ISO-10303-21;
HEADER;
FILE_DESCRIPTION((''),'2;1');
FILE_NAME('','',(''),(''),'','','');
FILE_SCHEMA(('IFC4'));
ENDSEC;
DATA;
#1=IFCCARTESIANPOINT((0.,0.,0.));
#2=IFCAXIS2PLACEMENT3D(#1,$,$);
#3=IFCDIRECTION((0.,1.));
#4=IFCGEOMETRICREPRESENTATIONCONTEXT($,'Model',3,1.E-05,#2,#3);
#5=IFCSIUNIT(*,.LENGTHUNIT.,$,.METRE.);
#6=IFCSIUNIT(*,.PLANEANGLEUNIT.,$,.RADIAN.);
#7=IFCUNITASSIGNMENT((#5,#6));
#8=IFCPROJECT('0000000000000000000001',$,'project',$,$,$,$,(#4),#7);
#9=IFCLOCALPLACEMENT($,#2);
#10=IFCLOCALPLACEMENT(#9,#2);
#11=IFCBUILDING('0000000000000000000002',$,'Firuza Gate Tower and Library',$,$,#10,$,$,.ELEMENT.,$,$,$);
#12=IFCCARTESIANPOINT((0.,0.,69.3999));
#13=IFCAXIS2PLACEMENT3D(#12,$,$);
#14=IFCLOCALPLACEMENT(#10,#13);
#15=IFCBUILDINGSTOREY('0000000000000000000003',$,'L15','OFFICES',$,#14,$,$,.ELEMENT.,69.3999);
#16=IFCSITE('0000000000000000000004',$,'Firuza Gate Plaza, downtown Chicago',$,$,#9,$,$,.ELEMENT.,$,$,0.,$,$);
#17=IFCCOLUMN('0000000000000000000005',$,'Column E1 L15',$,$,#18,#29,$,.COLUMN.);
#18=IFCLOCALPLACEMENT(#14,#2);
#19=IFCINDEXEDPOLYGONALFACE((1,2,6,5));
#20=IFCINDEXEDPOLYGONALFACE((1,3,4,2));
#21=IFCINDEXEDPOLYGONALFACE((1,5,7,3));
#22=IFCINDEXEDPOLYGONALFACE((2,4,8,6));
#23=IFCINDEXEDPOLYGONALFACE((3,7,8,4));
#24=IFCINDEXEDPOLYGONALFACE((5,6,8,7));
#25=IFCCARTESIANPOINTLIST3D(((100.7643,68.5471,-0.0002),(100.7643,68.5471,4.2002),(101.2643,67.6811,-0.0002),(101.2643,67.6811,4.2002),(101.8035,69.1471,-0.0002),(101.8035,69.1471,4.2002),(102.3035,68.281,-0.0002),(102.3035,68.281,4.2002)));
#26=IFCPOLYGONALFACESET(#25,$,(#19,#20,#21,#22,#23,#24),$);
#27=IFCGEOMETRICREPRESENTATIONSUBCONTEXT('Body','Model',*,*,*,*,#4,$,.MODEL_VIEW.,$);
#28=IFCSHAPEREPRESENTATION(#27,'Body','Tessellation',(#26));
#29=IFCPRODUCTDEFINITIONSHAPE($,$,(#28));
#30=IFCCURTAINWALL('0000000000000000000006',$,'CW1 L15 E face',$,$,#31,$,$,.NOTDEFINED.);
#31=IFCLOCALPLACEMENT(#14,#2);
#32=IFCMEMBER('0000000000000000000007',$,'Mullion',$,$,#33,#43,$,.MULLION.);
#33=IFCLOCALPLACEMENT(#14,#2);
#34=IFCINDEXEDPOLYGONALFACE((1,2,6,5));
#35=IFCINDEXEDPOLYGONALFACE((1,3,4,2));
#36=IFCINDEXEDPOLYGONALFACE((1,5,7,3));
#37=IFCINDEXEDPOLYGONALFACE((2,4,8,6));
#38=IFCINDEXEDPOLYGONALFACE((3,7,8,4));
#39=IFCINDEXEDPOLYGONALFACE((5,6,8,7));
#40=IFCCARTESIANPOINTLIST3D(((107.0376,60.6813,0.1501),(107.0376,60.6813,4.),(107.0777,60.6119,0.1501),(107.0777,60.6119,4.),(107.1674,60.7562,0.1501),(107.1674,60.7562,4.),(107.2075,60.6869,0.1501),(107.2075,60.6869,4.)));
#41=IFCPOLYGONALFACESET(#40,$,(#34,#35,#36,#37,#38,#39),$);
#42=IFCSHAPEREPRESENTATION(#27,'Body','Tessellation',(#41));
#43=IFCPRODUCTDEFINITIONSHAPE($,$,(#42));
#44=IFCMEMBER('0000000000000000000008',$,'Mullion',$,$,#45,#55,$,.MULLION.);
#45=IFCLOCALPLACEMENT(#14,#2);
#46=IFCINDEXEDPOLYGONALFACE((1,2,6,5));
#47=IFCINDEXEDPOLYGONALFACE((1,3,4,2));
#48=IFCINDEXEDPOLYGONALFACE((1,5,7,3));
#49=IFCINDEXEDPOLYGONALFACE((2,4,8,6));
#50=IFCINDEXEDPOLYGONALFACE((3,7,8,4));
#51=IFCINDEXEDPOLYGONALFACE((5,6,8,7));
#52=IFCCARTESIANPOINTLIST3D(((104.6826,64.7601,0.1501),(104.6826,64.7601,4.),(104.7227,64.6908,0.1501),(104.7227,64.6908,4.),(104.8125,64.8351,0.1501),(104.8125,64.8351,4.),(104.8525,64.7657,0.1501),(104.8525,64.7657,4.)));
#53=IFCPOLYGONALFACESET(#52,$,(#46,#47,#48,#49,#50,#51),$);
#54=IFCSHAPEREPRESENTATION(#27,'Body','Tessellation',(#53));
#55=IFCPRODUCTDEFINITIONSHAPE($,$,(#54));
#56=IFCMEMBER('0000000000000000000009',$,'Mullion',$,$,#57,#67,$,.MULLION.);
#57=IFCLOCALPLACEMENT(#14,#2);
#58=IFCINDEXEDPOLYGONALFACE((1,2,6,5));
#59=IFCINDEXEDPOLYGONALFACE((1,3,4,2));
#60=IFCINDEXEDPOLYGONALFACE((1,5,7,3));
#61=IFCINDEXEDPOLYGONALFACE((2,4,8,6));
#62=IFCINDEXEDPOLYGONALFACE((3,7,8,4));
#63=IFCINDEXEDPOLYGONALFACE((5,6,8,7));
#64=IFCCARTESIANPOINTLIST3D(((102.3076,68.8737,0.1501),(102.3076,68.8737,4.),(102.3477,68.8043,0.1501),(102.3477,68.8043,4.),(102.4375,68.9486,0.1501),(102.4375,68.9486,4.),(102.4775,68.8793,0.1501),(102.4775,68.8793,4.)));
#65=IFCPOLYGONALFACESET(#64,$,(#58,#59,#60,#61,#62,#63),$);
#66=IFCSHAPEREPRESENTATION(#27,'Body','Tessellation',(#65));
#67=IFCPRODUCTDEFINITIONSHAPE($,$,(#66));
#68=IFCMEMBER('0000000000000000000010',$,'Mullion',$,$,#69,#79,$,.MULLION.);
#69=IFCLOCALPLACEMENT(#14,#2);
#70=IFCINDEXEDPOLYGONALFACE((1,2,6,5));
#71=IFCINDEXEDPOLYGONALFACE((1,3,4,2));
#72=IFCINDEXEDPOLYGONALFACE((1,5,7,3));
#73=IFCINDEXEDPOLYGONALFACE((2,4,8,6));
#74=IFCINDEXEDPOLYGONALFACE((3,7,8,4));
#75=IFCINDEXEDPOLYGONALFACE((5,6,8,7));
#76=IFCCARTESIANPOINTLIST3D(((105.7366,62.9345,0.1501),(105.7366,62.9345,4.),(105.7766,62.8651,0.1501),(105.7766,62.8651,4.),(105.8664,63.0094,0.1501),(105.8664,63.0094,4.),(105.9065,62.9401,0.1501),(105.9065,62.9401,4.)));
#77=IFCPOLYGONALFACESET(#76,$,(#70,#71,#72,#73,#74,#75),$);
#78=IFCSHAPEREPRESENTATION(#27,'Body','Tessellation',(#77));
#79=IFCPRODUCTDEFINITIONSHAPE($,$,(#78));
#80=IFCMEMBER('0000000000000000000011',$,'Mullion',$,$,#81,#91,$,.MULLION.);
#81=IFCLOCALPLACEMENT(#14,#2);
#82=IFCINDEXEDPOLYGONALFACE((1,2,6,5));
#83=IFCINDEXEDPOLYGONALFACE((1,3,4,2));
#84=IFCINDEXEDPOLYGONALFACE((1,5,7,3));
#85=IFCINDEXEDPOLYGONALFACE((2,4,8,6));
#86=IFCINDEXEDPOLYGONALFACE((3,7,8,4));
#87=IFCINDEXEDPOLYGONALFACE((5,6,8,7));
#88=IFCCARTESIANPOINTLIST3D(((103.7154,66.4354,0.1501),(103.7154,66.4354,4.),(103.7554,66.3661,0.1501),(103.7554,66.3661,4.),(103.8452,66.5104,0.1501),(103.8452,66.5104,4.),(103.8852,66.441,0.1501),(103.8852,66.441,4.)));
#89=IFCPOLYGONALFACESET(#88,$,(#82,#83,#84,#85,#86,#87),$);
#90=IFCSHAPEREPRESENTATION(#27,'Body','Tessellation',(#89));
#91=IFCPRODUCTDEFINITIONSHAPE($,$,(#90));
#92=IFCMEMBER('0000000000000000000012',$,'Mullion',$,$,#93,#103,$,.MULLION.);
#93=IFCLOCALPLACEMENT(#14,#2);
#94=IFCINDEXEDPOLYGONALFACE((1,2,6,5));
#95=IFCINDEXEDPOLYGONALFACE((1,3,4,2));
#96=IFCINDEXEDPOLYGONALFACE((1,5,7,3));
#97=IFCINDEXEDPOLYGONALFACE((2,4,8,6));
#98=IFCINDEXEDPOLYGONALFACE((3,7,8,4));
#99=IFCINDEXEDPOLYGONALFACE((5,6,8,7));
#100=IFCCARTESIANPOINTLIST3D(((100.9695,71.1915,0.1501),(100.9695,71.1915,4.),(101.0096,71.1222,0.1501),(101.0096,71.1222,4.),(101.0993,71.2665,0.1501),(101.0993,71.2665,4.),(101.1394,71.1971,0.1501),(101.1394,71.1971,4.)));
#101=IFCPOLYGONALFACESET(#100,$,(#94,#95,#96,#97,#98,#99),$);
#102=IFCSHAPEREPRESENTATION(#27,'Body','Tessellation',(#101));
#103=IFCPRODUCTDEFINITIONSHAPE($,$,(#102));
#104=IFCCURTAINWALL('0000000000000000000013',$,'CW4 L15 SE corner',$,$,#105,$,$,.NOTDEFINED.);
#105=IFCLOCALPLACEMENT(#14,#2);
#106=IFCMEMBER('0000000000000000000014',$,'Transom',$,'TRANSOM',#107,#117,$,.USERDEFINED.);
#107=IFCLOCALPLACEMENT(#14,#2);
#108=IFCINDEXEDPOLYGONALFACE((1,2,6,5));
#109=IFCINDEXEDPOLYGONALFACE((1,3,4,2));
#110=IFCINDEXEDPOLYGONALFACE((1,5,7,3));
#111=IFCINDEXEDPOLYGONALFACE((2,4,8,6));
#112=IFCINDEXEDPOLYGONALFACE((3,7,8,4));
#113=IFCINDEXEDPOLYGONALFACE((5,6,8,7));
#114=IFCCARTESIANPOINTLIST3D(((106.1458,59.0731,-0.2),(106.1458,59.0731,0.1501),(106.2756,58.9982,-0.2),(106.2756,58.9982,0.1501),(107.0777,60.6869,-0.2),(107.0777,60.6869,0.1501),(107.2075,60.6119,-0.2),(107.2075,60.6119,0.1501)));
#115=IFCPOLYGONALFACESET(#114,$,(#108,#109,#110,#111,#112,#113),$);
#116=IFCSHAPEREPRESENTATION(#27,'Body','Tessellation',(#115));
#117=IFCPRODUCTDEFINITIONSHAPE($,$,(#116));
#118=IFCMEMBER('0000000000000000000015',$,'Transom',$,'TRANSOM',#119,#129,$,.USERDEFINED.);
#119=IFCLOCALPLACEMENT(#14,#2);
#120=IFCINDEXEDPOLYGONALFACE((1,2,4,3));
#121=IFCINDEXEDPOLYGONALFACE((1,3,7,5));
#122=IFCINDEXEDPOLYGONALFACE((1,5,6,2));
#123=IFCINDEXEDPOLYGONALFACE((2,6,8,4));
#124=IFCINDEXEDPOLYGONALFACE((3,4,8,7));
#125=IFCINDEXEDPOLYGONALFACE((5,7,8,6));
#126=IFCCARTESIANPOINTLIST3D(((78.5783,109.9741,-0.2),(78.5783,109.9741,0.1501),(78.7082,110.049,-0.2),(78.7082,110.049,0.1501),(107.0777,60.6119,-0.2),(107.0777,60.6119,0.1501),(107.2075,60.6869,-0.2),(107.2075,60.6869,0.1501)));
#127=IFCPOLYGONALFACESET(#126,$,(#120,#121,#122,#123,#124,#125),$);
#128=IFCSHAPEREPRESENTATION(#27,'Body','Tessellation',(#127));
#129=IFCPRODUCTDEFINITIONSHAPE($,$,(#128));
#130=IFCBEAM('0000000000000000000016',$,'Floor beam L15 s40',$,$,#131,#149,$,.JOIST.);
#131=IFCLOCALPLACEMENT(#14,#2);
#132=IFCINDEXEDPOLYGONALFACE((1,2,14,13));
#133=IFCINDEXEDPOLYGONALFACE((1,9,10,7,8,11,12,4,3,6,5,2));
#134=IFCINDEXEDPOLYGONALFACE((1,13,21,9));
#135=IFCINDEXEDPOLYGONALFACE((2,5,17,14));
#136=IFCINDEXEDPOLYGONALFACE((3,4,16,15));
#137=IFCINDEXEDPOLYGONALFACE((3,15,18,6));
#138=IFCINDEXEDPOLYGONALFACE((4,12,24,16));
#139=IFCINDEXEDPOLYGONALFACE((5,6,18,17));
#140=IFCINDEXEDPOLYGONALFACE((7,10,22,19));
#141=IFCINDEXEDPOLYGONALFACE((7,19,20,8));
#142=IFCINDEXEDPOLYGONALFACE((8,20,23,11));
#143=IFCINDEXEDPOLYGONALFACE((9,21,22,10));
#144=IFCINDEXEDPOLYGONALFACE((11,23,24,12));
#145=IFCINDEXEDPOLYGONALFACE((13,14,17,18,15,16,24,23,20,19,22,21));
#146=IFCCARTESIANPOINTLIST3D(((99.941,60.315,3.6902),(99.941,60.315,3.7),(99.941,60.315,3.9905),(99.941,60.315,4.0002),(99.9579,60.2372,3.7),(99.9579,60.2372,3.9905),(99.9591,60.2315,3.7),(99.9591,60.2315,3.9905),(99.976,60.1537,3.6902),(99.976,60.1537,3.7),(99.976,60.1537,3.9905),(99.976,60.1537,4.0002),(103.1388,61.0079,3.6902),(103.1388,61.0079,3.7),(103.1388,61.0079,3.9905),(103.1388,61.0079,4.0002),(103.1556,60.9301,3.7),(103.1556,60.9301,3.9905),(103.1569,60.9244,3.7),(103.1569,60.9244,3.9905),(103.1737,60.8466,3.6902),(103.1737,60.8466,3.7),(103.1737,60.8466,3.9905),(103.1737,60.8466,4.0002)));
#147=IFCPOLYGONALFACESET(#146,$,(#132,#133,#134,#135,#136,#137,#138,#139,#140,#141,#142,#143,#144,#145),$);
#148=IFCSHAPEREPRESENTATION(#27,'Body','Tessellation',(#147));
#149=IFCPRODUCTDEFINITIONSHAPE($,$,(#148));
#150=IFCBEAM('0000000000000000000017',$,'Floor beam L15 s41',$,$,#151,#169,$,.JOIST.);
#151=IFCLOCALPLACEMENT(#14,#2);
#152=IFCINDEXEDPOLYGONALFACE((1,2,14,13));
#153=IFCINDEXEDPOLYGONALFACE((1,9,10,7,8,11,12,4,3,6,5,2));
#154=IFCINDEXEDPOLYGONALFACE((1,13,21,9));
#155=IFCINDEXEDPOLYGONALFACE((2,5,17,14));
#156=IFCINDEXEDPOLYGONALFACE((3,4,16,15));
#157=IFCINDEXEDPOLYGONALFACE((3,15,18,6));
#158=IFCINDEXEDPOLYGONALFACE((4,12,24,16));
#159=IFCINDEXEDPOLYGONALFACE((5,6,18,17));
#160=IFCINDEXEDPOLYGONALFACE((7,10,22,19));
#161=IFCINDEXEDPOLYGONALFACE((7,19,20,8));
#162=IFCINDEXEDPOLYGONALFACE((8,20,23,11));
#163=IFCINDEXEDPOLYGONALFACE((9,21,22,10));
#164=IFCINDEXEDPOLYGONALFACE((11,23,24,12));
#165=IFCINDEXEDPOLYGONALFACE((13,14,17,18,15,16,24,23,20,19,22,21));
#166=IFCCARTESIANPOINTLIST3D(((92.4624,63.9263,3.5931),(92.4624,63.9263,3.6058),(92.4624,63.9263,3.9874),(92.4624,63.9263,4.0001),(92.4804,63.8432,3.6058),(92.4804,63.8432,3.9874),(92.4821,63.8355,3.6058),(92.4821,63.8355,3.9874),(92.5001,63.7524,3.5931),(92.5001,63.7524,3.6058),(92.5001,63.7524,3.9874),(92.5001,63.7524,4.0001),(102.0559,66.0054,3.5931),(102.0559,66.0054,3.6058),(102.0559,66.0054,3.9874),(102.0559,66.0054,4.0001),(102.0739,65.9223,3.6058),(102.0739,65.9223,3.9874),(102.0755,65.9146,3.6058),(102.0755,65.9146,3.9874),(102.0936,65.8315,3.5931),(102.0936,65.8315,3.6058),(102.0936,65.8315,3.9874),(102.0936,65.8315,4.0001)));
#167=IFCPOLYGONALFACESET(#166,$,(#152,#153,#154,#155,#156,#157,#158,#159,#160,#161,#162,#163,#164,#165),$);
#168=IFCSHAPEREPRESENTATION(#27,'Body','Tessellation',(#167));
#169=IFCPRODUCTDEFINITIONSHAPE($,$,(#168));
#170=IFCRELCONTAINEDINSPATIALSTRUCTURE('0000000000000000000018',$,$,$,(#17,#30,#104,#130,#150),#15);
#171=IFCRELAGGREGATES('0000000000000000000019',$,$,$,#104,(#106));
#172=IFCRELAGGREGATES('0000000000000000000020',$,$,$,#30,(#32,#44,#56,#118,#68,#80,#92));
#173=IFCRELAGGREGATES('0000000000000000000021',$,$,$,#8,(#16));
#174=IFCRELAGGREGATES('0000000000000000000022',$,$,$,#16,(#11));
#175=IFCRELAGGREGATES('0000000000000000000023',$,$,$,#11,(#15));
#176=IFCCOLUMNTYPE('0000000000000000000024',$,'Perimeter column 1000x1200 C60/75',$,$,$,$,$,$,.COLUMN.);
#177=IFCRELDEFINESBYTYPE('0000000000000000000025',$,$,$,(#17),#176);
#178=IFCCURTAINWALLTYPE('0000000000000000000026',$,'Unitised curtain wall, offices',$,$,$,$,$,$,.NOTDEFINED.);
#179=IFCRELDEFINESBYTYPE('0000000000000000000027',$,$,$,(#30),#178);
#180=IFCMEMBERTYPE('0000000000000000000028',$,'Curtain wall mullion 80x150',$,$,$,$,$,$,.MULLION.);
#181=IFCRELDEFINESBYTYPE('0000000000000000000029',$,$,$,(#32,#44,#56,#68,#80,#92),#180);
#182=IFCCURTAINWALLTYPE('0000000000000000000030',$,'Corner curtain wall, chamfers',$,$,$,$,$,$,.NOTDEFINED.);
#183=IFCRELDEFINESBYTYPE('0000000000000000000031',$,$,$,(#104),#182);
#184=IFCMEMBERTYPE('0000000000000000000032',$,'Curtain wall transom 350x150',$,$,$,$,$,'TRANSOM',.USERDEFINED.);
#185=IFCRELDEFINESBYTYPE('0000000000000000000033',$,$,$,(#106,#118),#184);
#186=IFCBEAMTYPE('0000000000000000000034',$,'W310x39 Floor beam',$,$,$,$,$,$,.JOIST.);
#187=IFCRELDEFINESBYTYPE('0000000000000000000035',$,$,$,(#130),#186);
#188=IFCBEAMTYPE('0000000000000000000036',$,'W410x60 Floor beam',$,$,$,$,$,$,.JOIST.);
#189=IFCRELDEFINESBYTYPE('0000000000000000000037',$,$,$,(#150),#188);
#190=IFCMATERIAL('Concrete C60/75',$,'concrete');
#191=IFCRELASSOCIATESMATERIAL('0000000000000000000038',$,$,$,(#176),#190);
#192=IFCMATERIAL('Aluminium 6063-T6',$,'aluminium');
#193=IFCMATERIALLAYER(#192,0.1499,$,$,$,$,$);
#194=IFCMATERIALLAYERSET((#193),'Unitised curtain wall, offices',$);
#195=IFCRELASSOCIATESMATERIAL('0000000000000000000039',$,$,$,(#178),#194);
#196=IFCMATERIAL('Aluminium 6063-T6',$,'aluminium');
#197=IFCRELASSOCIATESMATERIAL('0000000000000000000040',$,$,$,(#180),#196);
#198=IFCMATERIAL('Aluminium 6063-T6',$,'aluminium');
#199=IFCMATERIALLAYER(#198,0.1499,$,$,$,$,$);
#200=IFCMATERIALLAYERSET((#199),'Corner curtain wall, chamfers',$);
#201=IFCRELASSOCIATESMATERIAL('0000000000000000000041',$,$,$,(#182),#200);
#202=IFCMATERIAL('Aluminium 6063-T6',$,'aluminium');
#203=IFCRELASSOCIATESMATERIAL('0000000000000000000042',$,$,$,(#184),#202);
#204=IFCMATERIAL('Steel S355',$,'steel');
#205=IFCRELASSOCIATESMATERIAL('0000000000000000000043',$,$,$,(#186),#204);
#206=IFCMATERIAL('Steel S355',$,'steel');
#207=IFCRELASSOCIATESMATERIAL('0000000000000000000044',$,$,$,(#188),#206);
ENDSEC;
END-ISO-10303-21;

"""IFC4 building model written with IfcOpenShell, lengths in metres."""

from ifc_helpers import new_model, si_unit, direction, frame, origin, origin_2d, place, context, subcontext, project, spatial, rectangle, i_section, extrude, material, layer, layer_set, material_profile, profile_set, type_object, element, aggregate, save


model = new_model("IFC4")

# Units and contexts
model_context = context("Model", 3, precision=1e-05, world=origin(), true_north=direction((0.0, 1.0)))
body_context = subcontext(model_context, "Body", "Model", "MODEL_VIEW")
ifc_project = project(units=[si_unit("LENGTHUNIT", "METRE"), si_unit("PLANEANGLEUNIT", "RADIAN")], contexts=[model_context])

# Site, building, storey
site_placement = place(None, origin())
site = spatial("IfcSite", under=ifc_project, at=site_placement, Name="Firuza Gate Plaza, downtown Chicago", CompositionType="ELEMENT", RefElevation=0.0)
building_placement = place(site_placement, origin())
building = spatial("IfcBuilding", under=site, at=building_placement, Name="Firuza Gate Tower and Library", CompositionType="ELEMENT")
storey_placement = place(building_placement, frame((0.0, 0.0, 69.3999)))
storey = spatial("IfcBuildingStorey", under=building, at=storey_placement, Name="L15", Description="OFFICES", CompositionType="ELEMENT", Elevation=69.3999)

# Column
ifc_material_1 = material(Name="Concrete C60/75", Category="concrete")
ifc_material_profile_1 = material_profile(ifc_material_1, rectangle(XDim=1.0, YDim=1.2, at=origin_2d()))
ifc_profile_set_1 = profile_set([ifc_material_profile_1], Name="Concrete C60/75")
column_type = type_object("IfcColumnType", Name="Perimeter column 1000x1200 C60/75", PredefinedType="COLUMN", material=ifc_profile_set_1)
column_placement = place(storey_placement, frame((101.5339, 68.4141, -0.0002), z_axis=(0.0, 0.0, 1.0), x_axis=(-0.5, 0.866025, 0.0)))
element("IfcColumn", 1, at=column_placement, inside=storey, type_object=column_type, Name="Column E1 L15", PredefinedType="COLUMN", context=body_context, shape_type="SweptSolid", body=[
    extrude(rectangle(XDim=1.0, YDim=1.2, at=origin_2d()), origin(), (0.0, 0.0, 1.0), 4.2004),
])

# Curtain wall, members
ifc_material_2 = material(Name="Aluminium 6063-T6", Category="aluminium")
ifc_layer_1 = layer(ifc_material_2, 0.1499)
ifc_layer_set_1 = layer_set([ifc_layer_1], Name="Unitised curtain wall, offices")
curtain_wall_type_1 = type_object("IfcCurtainWallType", Name="Unitised curtain wall, offices", PredefinedType="NOTDEFINED", material=ifc_layer_set_1)
placement = place(storey_placement, origin())
curtain_wall_1 = element("IfcCurtainWall", 2, at=placement, inside=storey, type_object=curtain_wall_type_1, Name="CW1 L15 E face", PredefinedType="NOTDEFINED")
ifc_material_3 = material(Name="Aluminium 6063-T6", Category="aluminium")
ifc_material_profile_2 = material_profile(ifc_material_3, rectangle(XDim=0.1499, YDim=0.0801, at=origin_2d()))
ifc_profile_set_2 = profile_set([ifc_material_profile_2], Name="Aluminium 6063-T6")
member_type_1 = type_object("IfcMemberType", Name="Curtain wall mullion 80x150", PredefinedType="MULLION", material=ifc_profile_set_2)
member_1_placement = place(storey_placement, frame((107.1226, 60.6841, 0.1501), z_axis=(0.0, 0.0, 1.0), x_axis=(-0.866025, -0.5, 0.0)))
member_1 = element("IfcMember", 3, at=member_1_placement, type_object=member_type_1, Name="Mullion", PredefinedType="MULLION", context=body_context, shape_type="SweptSolid", body=[
    extrude(rectangle(XDim=0.1499, YDim=0.0801, at=origin_2d()), origin(), (0.0, 0.0, 1.0), 3.8499),
])
member_2_placement = place(storey_placement, frame((104.7676, 64.7629, 0.1501), z_axis=(0.0, 0.0, 1.0), x_axis=(-0.866025, -0.5, 0.0)))
member_2 = element("IfcMember", 4, at=member_2_placement, type_object=member_type_1, Name="Mullion", PredefinedType="MULLION", context=body_context, shape_type="SweptSolid", body=[
    extrude(rectangle(XDim=0.1499, YDim=0.0801, at=origin_2d()), origin(), (0.0, 0.0, 1.0), 3.8499),
])
member_3_placement = place(storey_placement, frame((102.3926, 68.8765, 0.1501), z_axis=(0.0, 0.0, 1.0), x_axis=(-0.866025, -0.5, 0.0)))
member_3 = element("IfcMember", 5, at=member_3_placement, type_object=member_type_1, Name="Mullion", PredefinedType="MULLION", context=body_context, shape_type="SweptSolid", body=[
    extrude(rectangle(XDim=0.1499, YDim=0.0801, at=origin_2d()), origin(), (0.0, 0.0, 1.0), 3.8499),
])
member_4_placement = place(storey_placement, frame((105.8215, 62.9373, 0.1501), z_axis=(0.0, 0.0, 1.0), x_axis=(-0.866025, -0.5, 0.0)))
member_4 = element("IfcMember", 6, at=member_4_placement, type_object=member_type_1, Name="Mullion", PredefinedType="MULLION", context=body_context, shape_type="SweptSolid", body=[
    extrude(rectangle(XDim=0.1499, YDim=0.0801, at=origin_2d()), origin(), (0.0, 0.0, 1.0), 3.8499),
])
member_5_placement = place(storey_placement, frame((103.8003, 66.4382, 0.1501), z_axis=(0.0, 0.0, 1.0), x_axis=(-0.866025, -0.5, 0.0)))
member_5 = element("IfcMember", 7, at=member_5_placement, type_object=member_type_1, Name="Mullion", PredefinedType="MULLION", context=body_context, shape_type="SweptSolid", body=[
    extrude(rectangle(XDim=0.1499, YDim=0.0801, at=origin_2d()), origin(), (0.0, 0.0, 1.0), 3.8499),
])
member_6_placement = place(storey_placement, frame((101.0544, 71.1943, 0.1501), z_axis=(0.0, 0.0, 1.0), x_axis=(-0.866025, -0.5, 0.0)))
member_6 = element("IfcMember", 8, at=member_6_placement, type_object=member_type_1, Name="Mullion", PredefinedType="MULLION", context=body_context, shape_type="SweptSolid", body=[
    extrude(rectangle(XDim=0.1499, YDim=0.0801, at=origin_2d()), origin(), (0.0, 0.0, 1.0), 3.8499),
])

# Curtain wall, member
ifc_material_4 = material(Name="Aluminium 6063-T6", Category="aluminium")
ifc_layer_2 = layer(ifc_material_4, 0.1499)
ifc_layer_set_2 = layer_set([ifc_layer_2], Name="Corner curtain wall, chamfers")
curtain_wall_type_2 = type_object("IfcCurtainWallType", Name="Corner curtain wall, chamfers", PredefinedType="NOTDEFINED", material=ifc_layer_set_2)
curtain_wall_2 = element("IfcCurtainWall", 9, at=placement, inside=storey, type_object=curtain_wall_type_2, Name="CW4 L15 SE corner", PredefinedType="NOTDEFINED")
ifc_material_5 = material(Name="Aluminium 6063-T6", Category="aluminium")
ifc_material_profile_3 = material_profile(ifc_material_5, rectangle(XDim=0.1499, YDim=0.3501, at=origin_2d()))
ifc_profile_set_3 = profile_set([ifc_material_profile_3], Name="Aluminium 6063-T6")
member_type_2 = type_object("IfcMemberType", Name="Curtain wall transom 350x150", ElementType="TRANSOM", PredefinedType="USERDEFINED", material=ifc_profile_set_3)
member_7_placement = place(storey_placement, frame((106.2107, 59.0356, -0.0249), z_axis=(0.50007, 0.865985, 0.0), x_axis=(-0.865985, 0.50007, 0.0)))
member_7 = element("IfcMember", 10, at=member_7_placement, type_object=member_type_2, Name="Transom", ObjectType="TRANSOM", PredefinedType="USERDEFINED", context=body_context, shape_type="SweptSolid", body=[
    extrude(rectangle(XDim=0.1499, YDim=0.3501, at=origin_2d()), origin(), (0.0, 0.0, 1.0), 1.8635),
])
aggregate(curtain_wall_2, [member_7])

# Member
member_8_placement = place(storey_placement, frame((107.1426, 60.6494, -0.0249), z_axis=(-0.500001, 0.866025, 0.0), x_axis=(-0.866025, -0.500001, 0.0)))
member_8 = element("IfcMember", 11, at=member_8_placement, type_object=member_type_2, Name="Transom", ObjectType="TRANSOM", PredefinedType="USERDEFINED", context=body_context, shape_type="SweptSolid", body=[
    extrude(rectangle(XDim=0.1499, YDim=0.3501, at=origin_2d()), origin(), (0.0, 0.0, 1.0), 56.9985),
])

# Beams
ifc_material_6 = material(Name="Steel S355", Category="steel")
ifc_material_profile_4 = material_profile(ifc_material_6, i_section(OverallWidth=0.165, OverallDepth=0.3101, WebThickness=0.0059, FlangeThickness=0.0098, at=origin_2d()))
ifc_profile_set_4 = profile_set([ifc_material_profile_4], Name="Steel S355")
beam_type_1 = type_object("IfcBeamType", Name="W310x39 Floor beam", PredefinedType="JOIST", material=ifc_profile_set_4)
beam_1_placement = place(storey_placement, frame((103.1562, 60.9272, 3.8452), z_axis=(-0.977322, -0.21176, 0.0), x_axis=(0.21176, -0.977322, 0.0)))
element("IfcBeam", 12, at=beam_1_placement, inside=storey, type_object=beam_type_1, Name="Floor beam L15 s40", PredefinedType="JOIST", context=body_context, shape_type="SweptSolid", body=[
    extrude(i_section(OverallWidth=0.165, OverallDepth=0.3101, WebThickness=0.0059, FlangeThickness=0.0098, at=origin_2d()), origin(), (0.0, 0.0, 1.0), 3.272),
])
ifc_material_7 = material(Name="Steel S355", Category="steel")
ifc_material_profile_5 = material_profile(ifc_material_7, i_section(OverallWidth=0.178, OverallDepth=0.407, WebThickness=0.0078, FlangeThickness=0.0127, at=origin_2d()))
ifc_profile_set_5 = profile_set([ifc_material_profile_5], Name="Steel S355")
beam_type_2 = type_object("IfcBeamType", Name="W410x60 Floor beam", PredefinedType="JOIST", material=ifc_profile_set_5)
beam_2_placement = place(storey_placement, frame((102.0747, 65.9185, 3.7966), z_axis=(-0.977312, -0.211803, 0.0), x_axis=(0.211803, -0.977312, 0.0)))
element("IfcBeam", 13, at=beam_2_placement, inside=storey, type_object=beam_type_2, Name="Floor beam L15 s41", PredefinedType="JOIST", context=body_context, shape_type="SweptSolid", body=[
    extrude(i_section(OverallWidth=0.178, OverallDepth=0.407, WebThickness=0.0078, FlangeThickness=0.0127, at=origin_2d()), origin(), (0.0, 0.0, 1.0), 9.8162),
])

aggregate(curtain_wall_1, [member_1, member_2, member_3, member_8, member_4, member_5, member_6])

save(model, "model.ifc")
